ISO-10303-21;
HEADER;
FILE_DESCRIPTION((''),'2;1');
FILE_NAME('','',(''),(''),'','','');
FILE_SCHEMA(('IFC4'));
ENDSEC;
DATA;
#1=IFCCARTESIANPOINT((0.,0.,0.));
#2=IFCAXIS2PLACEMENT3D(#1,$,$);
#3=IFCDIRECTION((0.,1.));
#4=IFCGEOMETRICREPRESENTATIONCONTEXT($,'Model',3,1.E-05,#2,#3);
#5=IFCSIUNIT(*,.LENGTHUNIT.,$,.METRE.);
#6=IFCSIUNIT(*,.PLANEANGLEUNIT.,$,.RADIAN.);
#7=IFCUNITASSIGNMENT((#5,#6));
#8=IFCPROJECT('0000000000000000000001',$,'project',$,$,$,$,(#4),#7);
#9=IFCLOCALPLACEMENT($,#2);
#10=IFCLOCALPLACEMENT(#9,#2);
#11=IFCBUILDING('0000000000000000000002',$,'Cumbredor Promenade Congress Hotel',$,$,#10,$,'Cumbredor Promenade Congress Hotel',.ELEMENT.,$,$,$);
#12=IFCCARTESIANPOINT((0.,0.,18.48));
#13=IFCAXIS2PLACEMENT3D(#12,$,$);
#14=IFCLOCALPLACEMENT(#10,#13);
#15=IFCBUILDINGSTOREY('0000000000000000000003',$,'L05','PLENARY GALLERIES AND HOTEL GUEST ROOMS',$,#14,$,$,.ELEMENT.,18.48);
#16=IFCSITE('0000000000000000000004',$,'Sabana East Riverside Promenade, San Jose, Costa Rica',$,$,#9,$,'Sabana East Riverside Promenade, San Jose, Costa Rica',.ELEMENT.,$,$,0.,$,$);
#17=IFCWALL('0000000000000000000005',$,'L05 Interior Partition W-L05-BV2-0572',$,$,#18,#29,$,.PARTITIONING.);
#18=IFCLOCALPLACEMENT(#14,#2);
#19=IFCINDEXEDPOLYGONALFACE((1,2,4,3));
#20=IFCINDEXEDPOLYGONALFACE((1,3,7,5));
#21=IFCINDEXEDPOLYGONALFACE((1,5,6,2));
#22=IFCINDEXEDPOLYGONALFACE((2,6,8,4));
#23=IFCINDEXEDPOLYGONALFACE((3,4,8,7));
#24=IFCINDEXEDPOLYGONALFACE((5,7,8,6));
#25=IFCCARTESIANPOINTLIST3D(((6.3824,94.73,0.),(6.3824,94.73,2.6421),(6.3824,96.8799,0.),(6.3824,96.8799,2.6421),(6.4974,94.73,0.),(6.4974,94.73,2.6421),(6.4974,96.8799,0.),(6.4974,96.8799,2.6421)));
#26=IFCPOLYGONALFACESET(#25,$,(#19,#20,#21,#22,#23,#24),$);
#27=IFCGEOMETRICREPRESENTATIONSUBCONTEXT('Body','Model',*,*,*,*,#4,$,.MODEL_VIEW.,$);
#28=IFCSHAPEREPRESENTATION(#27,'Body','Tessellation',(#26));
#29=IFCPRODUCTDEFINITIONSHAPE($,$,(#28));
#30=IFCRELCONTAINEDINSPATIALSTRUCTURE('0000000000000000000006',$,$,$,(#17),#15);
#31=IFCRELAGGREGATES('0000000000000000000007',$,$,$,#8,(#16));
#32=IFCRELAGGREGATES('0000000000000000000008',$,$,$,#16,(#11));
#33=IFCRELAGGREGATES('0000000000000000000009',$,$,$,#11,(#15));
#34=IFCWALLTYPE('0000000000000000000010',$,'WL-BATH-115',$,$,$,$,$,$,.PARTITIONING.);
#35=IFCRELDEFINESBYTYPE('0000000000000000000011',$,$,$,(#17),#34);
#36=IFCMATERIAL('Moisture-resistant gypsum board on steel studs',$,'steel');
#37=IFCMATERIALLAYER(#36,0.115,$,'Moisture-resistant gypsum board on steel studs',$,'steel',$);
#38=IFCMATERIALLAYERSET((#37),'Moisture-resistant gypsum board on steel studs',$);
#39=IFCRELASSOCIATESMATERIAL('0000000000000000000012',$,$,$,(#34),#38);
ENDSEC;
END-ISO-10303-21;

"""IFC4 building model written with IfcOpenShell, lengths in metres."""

from ifc_helpers import new_model, si_unit, direction, frame, frame_2d, origin, place, context, subcontext, project, spatial, rectangle, extrude, material, layer, layer_set, type_object, element, save


model = new_model("IFC4")

# Units and contexts
model_context = context("Model", 3, precision=1e-05, world=origin(), true_north=direction((0.0, 1.0)))
body_context = subcontext(model_context, "Body", "Model", "MODEL_VIEW")
ifc_project = project(units=[si_unit("LENGTHUNIT", "METRE"), si_unit("PLANEANGLEUNIT", "RADIAN")], contexts=[model_context])

# Site, building, storey
site_placement = place(None, origin())
site = spatial("IfcSite", under=ifc_project, at=site_placement, Name="Sabana East Riverside Promenade, San Jose, Costa Rica", LongName="Sabana East Riverside Promenade, San Jose, Costa Rica", CompositionType="ELEMENT", RefElevation=0.0)
building_placement = place(site_placement, origin())
building = spatial("IfcBuilding", under=site, at=building_placement, Name="Cumbredor Promenade Congress Hotel", LongName="Cumbredor Promenade Congress Hotel", CompositionType="ELEMENT")
storey_placement = place(building_placement, frame((0.0, 0.0, 18.48)))
storey = spatial("IfcBuildingStorey", under=building, at=storey_placement, Name="L05", Description="PLENARY GALLERIES AND HOTEL GUEST ROOMS", CompositionType="ELEMENT", Elevation=18.48)

# Shared definitions
ifc_material_1 = material(Name="Moisture-resistant gypsum board on steel studs", Category="steel")
ifc_layer = layer(ifc_material_1, 0.115, Name="Moisture-resistant gypsum board on steel studs", Category="steel")
ifc_layer_set = layer_set([ifc_layer], Name="Moisture-resistant gypsum board on steel studs")
wall_type = type_object("IfcWallType", Name="WL-BATH-115", PredefinedType="PARTITIONING", material=ifc_layer_set)

# Wall
wall_1_placement = place(storey_placement, frame((6.4399, 94.73, 0.0), z_axis=(0.0, 0.0, 1.0), x_axis=(0.0, 1.0, 0.0)))
element("IfcWall", 1, at=wall_1_placement, inside=storey, type_object=wall_type, Name="L05 Interior Partition W-L05-BV2-0572", PredefinedType="PARTITIONING", context=body_context, shape_type="SweptSolid", body=[
    extrude(rectangle(XDim=2.1499, YDim=0.115, at=frame_2d((1.075, 0.0))), origin(), (0.0, 0.0, 1.0), 2.6421),
])

save(model, "model.ifc")
